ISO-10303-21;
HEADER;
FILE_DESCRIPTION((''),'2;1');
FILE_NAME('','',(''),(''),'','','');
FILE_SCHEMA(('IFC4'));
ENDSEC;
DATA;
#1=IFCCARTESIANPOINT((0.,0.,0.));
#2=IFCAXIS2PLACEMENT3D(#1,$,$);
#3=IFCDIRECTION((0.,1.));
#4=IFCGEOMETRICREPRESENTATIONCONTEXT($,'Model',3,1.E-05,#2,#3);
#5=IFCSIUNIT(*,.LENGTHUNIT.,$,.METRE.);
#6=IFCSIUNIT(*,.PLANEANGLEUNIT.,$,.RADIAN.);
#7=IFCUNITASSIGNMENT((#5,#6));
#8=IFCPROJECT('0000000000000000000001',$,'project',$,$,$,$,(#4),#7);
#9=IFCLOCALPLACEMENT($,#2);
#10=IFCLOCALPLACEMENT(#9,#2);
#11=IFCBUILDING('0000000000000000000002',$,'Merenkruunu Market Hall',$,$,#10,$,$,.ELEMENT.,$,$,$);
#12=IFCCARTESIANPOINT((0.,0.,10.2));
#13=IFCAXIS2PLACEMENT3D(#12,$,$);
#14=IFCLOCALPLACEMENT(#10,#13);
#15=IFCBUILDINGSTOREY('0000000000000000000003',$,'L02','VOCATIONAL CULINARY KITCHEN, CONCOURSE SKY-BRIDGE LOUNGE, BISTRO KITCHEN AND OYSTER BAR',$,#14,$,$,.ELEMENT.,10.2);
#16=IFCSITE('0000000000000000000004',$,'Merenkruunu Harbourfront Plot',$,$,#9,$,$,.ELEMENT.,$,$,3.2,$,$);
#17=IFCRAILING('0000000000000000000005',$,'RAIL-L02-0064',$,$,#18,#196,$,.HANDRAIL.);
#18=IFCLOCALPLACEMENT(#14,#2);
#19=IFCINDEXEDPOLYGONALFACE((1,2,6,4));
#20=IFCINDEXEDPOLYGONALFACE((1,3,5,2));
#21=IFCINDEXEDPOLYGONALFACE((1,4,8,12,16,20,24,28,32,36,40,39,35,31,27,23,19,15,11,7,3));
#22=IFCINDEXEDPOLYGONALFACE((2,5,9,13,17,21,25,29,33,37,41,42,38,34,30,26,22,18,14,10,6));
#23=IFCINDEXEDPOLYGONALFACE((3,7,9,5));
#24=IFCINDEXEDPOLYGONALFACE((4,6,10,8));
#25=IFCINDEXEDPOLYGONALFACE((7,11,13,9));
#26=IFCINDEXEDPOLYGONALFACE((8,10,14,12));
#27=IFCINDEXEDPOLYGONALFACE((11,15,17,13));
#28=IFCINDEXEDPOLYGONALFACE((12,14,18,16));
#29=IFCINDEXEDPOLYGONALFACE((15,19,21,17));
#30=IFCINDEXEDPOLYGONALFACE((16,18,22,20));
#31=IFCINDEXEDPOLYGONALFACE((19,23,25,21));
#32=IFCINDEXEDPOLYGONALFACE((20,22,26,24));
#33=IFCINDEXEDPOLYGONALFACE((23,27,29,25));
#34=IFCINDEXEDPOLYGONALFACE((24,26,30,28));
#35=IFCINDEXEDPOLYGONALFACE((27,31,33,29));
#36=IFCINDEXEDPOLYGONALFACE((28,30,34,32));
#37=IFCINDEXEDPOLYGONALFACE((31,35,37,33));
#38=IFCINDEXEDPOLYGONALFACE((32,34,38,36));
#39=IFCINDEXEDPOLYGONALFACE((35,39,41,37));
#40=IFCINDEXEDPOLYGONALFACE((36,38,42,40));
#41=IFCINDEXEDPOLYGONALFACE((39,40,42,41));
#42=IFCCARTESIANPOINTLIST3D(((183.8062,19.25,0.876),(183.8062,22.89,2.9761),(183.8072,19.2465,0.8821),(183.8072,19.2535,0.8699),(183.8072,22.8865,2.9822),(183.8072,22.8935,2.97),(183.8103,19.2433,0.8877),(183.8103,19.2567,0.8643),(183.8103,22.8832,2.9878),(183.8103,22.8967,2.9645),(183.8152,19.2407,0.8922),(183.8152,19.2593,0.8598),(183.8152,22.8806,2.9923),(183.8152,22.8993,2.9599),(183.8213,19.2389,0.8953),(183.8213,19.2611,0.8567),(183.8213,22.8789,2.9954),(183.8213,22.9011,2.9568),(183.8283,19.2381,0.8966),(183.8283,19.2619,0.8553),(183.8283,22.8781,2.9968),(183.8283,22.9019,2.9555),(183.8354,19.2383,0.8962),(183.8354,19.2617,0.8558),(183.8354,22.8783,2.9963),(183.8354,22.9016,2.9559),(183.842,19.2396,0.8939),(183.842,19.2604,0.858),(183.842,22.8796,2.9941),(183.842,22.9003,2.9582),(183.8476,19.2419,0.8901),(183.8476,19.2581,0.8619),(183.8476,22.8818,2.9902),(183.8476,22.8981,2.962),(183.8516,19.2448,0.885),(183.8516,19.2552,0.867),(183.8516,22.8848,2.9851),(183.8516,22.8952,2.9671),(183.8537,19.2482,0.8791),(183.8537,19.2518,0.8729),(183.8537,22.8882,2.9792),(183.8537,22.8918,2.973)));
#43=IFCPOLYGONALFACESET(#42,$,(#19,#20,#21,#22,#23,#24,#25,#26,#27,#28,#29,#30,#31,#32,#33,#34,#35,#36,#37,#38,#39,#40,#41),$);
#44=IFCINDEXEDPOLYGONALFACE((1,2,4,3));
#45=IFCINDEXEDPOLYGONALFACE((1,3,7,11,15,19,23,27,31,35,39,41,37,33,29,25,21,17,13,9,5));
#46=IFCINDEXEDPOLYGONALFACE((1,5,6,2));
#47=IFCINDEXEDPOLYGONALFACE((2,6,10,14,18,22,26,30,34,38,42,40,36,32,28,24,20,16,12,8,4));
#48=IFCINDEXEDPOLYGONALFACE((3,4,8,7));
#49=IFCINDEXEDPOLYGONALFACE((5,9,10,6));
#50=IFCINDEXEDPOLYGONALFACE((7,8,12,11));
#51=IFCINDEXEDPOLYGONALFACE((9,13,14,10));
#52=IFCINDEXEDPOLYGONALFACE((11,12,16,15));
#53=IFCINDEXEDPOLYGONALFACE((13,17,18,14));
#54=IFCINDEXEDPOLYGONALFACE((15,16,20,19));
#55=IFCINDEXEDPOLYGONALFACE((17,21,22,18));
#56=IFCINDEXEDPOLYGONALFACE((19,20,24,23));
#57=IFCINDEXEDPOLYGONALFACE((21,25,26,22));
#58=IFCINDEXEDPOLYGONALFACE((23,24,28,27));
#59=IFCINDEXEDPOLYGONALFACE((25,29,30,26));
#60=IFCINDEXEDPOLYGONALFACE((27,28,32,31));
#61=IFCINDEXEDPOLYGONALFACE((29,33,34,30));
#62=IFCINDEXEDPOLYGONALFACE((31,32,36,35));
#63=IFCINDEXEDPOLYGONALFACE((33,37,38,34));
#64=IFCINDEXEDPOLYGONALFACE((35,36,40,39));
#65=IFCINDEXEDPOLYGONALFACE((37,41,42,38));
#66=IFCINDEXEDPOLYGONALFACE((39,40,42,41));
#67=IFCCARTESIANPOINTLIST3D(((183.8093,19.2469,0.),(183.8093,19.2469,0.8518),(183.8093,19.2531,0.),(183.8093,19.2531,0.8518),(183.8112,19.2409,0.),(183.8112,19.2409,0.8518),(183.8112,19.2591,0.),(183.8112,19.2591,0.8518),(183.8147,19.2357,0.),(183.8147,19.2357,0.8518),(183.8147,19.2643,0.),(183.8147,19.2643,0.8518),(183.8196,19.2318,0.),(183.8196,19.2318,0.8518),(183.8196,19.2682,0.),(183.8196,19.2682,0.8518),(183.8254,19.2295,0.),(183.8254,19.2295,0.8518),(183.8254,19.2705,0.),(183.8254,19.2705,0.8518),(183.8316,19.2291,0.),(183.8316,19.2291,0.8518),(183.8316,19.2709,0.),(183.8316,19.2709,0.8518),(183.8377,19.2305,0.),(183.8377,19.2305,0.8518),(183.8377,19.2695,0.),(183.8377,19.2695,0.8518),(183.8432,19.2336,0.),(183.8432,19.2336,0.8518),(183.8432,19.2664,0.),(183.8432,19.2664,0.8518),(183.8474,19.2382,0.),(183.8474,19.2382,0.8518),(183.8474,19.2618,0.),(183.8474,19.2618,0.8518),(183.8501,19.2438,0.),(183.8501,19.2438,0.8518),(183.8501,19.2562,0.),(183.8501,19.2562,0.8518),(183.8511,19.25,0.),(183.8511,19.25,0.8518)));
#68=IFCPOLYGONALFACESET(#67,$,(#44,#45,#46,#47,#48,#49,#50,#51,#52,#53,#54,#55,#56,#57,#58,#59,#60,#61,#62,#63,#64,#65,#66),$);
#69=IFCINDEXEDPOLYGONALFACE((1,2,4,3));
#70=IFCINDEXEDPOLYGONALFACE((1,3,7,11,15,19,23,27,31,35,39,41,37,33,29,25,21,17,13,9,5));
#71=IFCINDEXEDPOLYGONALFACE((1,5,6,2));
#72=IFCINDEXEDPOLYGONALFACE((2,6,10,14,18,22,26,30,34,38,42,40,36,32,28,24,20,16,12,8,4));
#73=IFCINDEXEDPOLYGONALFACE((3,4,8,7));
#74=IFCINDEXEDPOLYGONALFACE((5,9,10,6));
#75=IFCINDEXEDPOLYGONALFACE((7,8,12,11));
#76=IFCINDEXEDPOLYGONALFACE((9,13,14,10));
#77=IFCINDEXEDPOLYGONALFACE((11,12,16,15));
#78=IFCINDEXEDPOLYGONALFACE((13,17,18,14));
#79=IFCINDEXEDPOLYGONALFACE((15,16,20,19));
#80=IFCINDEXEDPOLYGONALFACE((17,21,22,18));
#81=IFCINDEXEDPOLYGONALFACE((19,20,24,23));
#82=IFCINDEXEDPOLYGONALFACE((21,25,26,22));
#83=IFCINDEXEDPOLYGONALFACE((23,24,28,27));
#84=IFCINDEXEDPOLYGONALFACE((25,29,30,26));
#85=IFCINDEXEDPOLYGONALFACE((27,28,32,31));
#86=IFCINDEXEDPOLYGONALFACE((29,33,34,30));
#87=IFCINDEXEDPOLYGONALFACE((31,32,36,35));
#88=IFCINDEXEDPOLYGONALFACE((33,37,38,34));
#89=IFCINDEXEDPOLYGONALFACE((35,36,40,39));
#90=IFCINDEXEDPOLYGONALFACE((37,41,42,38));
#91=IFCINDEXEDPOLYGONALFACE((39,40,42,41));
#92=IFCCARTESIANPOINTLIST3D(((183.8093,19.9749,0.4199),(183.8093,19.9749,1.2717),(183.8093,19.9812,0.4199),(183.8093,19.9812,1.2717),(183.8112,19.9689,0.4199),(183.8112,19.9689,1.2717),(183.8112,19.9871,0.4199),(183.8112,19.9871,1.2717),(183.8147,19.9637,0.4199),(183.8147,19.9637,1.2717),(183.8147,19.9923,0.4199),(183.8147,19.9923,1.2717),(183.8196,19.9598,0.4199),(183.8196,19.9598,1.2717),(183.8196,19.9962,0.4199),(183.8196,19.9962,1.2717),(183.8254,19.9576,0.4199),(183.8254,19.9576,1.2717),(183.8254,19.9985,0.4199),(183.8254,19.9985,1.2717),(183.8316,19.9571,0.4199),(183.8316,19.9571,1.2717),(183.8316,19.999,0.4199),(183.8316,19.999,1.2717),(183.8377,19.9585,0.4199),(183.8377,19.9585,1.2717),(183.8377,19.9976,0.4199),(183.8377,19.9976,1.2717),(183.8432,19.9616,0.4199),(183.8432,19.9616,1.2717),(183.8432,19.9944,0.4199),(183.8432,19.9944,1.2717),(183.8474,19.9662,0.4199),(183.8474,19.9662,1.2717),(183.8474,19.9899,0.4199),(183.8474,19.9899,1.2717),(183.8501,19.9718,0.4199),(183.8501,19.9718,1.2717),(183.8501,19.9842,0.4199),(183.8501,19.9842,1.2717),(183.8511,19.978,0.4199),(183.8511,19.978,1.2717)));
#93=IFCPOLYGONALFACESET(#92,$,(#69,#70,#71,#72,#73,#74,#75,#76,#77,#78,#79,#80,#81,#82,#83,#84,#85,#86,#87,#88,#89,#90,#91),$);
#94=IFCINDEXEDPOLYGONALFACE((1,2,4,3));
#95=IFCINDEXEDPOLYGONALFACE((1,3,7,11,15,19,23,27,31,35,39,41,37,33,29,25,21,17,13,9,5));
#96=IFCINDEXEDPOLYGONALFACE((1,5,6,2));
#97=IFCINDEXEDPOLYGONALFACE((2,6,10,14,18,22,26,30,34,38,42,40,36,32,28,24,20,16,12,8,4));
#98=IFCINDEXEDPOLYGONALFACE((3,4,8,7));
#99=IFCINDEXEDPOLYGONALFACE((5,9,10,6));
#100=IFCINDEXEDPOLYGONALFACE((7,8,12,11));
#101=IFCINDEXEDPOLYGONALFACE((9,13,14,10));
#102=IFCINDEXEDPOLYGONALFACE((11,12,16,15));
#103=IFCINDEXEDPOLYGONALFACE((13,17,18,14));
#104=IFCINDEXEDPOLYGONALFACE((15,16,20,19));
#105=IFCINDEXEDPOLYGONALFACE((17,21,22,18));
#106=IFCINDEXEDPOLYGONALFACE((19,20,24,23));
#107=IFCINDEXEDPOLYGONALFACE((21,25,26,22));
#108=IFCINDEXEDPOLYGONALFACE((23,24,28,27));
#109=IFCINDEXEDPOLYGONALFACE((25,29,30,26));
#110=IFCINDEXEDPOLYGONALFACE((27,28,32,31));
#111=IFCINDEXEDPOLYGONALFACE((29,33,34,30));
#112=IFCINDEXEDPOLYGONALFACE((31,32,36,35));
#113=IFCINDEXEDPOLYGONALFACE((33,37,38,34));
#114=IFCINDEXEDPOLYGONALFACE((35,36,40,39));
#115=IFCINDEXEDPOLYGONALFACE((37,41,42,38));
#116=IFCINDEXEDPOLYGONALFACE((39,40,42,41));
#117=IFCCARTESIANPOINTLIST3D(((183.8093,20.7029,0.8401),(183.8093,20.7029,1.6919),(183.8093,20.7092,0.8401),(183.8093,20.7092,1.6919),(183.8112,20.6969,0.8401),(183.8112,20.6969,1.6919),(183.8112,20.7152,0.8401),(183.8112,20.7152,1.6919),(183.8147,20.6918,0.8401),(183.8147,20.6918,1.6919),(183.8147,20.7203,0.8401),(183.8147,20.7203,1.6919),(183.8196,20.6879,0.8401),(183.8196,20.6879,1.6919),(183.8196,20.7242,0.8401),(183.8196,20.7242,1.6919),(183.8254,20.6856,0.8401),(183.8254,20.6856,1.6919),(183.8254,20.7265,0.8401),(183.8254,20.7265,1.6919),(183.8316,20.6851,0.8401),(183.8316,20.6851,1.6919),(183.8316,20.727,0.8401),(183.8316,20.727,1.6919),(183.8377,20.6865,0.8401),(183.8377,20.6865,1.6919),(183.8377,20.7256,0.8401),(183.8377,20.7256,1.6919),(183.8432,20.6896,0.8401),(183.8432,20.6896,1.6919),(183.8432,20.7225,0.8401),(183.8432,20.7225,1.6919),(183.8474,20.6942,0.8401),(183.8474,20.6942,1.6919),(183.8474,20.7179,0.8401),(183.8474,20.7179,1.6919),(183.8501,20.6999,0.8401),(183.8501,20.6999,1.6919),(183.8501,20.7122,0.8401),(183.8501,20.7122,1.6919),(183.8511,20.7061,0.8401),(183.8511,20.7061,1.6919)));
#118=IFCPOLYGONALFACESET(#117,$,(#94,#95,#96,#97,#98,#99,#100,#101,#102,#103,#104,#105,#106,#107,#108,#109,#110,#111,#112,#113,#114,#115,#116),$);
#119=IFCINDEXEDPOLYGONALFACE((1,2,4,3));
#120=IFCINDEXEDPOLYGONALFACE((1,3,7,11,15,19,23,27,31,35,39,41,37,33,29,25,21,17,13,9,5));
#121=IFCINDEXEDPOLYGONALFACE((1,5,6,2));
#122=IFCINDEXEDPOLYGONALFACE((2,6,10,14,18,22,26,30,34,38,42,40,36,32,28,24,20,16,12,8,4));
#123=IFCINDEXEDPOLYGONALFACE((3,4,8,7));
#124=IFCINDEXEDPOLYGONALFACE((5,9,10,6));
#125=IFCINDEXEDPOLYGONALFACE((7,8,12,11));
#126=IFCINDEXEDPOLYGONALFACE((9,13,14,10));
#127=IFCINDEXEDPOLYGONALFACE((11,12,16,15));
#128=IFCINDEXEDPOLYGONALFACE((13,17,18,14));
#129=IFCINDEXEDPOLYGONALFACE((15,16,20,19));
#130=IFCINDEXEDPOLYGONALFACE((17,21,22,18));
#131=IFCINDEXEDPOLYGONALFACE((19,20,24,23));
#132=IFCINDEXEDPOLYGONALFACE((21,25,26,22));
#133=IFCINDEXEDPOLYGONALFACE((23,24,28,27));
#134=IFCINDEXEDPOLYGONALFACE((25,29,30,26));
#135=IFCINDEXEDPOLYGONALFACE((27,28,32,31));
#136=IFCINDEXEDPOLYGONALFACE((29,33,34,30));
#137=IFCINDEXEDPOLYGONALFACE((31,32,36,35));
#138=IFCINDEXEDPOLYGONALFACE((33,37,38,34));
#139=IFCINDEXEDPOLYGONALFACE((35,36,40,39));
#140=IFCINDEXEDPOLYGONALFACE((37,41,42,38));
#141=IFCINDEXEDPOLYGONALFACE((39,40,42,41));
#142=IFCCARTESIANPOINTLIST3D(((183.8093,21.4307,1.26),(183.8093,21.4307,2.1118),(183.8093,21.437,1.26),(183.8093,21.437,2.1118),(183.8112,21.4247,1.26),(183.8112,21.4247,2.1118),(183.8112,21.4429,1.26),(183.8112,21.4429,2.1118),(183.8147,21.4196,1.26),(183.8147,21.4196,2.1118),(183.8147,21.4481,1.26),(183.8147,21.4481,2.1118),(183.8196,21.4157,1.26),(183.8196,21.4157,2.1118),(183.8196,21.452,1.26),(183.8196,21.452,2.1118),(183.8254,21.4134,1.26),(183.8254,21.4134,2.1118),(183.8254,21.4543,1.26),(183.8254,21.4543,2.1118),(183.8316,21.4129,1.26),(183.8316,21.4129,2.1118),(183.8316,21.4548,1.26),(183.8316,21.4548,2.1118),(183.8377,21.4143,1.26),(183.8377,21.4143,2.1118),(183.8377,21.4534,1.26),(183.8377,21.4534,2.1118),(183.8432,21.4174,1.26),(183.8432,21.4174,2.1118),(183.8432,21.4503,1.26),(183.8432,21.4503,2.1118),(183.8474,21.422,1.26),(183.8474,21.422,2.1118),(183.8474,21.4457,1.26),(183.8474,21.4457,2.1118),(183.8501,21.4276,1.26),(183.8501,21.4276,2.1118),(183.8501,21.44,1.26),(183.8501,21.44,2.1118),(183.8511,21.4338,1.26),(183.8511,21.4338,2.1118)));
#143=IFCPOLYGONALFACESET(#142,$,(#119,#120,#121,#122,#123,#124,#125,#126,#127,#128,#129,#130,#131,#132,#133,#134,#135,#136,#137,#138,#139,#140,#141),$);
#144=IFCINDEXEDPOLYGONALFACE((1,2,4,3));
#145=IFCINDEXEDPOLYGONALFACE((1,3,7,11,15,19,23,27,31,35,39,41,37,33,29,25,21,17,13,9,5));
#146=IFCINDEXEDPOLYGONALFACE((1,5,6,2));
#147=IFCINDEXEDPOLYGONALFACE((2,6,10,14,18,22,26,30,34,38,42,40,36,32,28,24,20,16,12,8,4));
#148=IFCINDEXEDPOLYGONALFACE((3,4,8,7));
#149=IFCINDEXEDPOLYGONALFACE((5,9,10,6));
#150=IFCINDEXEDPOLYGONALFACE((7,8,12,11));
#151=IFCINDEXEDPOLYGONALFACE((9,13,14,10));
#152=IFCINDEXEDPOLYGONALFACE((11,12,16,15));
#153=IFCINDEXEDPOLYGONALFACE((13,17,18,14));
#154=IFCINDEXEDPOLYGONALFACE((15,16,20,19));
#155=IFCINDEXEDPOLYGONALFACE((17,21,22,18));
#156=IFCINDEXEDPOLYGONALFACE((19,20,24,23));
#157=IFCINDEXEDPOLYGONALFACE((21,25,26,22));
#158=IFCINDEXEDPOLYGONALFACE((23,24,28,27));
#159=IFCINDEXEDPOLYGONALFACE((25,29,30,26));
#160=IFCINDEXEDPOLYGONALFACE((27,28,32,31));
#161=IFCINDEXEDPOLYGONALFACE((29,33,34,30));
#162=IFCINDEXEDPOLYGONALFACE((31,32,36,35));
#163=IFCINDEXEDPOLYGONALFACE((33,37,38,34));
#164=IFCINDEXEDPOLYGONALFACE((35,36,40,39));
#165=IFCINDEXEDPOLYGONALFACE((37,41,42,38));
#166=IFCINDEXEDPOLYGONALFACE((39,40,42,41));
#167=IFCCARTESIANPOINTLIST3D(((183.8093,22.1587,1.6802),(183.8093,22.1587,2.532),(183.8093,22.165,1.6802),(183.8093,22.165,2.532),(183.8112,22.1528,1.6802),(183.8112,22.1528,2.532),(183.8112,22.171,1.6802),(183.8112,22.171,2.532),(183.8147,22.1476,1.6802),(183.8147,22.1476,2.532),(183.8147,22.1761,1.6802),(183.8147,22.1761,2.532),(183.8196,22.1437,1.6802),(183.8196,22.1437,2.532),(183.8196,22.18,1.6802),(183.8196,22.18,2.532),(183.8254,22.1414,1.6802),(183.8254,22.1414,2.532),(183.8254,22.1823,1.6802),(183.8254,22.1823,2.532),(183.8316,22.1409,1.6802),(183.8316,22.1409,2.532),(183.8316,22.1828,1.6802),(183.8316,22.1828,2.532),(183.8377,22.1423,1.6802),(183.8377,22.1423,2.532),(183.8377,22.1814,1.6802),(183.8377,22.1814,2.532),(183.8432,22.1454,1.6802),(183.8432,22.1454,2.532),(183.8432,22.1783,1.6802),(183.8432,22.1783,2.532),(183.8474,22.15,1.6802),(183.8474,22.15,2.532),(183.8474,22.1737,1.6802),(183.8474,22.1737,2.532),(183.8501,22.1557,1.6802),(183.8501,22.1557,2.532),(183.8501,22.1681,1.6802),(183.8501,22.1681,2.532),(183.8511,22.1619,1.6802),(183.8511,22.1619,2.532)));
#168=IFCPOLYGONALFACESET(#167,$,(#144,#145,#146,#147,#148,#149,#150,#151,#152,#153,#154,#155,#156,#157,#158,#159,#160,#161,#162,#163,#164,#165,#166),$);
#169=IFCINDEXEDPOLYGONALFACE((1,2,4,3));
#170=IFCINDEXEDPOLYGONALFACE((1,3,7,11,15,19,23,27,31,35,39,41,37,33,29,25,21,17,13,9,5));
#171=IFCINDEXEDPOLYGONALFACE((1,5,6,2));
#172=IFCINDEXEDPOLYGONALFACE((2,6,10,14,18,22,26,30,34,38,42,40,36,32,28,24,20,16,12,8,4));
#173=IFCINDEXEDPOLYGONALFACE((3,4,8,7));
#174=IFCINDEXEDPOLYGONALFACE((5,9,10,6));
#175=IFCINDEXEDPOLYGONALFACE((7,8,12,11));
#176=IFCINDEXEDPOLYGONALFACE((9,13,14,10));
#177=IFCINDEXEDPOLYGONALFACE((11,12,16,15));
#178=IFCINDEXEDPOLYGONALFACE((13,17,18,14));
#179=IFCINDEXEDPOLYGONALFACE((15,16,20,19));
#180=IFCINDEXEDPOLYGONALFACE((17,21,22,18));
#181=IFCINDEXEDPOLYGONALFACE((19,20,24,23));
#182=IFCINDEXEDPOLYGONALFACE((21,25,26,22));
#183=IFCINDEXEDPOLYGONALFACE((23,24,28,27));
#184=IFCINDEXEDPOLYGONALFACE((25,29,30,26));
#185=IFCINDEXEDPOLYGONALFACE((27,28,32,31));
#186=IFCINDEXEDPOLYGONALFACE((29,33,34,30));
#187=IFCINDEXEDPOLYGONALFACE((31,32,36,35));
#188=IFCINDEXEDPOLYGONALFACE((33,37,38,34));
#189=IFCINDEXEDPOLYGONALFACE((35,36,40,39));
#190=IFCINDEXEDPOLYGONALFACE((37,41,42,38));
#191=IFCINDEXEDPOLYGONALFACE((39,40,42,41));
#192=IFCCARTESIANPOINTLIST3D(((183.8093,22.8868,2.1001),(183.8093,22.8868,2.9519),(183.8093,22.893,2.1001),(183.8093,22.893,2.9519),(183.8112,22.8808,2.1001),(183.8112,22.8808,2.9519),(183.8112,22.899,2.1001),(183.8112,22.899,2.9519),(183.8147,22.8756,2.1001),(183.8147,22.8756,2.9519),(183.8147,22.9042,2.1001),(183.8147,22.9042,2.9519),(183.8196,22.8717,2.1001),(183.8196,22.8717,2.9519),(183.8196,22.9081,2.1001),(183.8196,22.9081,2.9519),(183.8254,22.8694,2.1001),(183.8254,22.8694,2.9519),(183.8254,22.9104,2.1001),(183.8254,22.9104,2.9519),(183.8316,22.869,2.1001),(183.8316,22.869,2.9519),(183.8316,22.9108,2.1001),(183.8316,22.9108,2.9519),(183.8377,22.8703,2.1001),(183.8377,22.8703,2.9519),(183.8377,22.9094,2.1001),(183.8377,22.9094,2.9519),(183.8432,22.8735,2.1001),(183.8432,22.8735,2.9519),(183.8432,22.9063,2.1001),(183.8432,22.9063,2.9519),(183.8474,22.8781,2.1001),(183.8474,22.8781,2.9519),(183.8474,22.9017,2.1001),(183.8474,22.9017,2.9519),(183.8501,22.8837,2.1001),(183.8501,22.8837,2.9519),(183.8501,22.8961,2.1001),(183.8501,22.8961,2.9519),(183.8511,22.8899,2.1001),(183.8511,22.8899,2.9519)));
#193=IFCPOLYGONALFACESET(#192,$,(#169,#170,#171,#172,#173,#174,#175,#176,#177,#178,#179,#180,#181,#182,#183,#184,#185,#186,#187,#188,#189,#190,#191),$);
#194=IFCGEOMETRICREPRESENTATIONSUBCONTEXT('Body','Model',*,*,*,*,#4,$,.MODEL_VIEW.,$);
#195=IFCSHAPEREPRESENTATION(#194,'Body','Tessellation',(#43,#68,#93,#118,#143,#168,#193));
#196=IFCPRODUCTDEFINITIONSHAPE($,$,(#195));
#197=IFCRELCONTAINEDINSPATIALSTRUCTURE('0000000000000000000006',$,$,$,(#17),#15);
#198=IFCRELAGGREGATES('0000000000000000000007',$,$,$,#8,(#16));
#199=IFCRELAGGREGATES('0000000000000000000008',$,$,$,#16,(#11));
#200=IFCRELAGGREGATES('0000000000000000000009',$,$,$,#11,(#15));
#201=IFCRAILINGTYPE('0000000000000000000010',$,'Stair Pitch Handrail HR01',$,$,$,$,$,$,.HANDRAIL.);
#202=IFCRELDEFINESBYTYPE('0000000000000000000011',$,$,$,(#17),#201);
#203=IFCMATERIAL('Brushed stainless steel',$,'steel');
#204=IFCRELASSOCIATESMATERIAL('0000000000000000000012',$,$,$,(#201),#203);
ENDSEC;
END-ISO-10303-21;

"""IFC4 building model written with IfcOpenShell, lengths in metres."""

from ifc_helpers import new_model, si_unit, direction, frame, origin, origin_2d, place, context, subcontext, project, spatial, circle, extrude, material, type_object, element, save


model = new_model("IFC4")

# Units and contexts
model_context = context("Model", 3, precision=1e-05, world=origin(), true_north=direction((0.0, 1.0)))
body_context = subcontext(model_context, "Body", "Model", "MODEL_VIEW")
ifc_project = project(units=[si_unit("LENGTHUNIT", "METRE"), si_unit("PLANEANGLEUNIT", "RADIAN")], contexts=[model_context])

# Site, building, storey
site_placement = place(None, origin())
site = spatial("IfcSite", under=ifc_project, at=site_placement, Name="Merenkruunu Harbourfront Plot", CompositionType="ELEMENT", RefElevation=3.2)
building_placement = place(site_placement, origin())
building = spatial("IfcBuilding", under=site, at=building_placement, Name="Merenkruunu Market Hall", CompositionType="ELEMENT")
storey_placement = place(building_placement, frame((0.0, 0.0, 10.2)))
storey = spatial("IfcBuildingStorey", under=building, at=storey_placement, Name="L02", Description="VOCATIONAL CULINARY KITCHEN, CONCOURSE SKY-BRIDGE LOUNGE, BISTRO KITCHEN AND OYSTER BAR", CompositionType="ELEMENT", Elevation=10.2)

# Shared definitions
ifc_material_1 = material(Name="Brushed stainless steel", Category="steel")

# Railing
railing_type_1 = type_object("IfcRailingType", Name="Stair Pitch Handrail HR01", PredefinedType="HANDRAIL", material=ifc_material_1)
railing_1_placement = place(storey_placement, frame((183.8301, 19.25, 0.0)))
element("IfcRailing", 1, at=railing_1_placement, inside=storey, type_object=railing_type_1, Name="RAIL-L02-0064", PredefinedType="HANDRAIL", context=body_context, shape_type="SweptSolid", body=[
    extrude(circle(Radius=0.0239, at=origin_2d()), frame((0.0, 0.0, 0.876), z_axis=(0.0, 0.866169, 0.499751), x_axis=(-1.0, 0.0, 0.0)), (0.0, 0.0, 1.0), 4.2024),
    extrude(circle(Radius=0.021, at=origin_2d()), origin(), (0.0, 0.0, 1.0), 0.8518),
    extrude(circle(Radius=0.021, at=origin_2d()), frame((0.0, 0.728, 0.4199)), (0.0, 0.0, 1.0), 0.8518),
    extrude(circle(Radius=0.021, at=origin_2d()), frame((0.0, 1.4561, 0.8401)), (0.0, 0.0, 1.0), 0.8518),
    extrude(circle(Radius=0.021, at=origin_2d()), frame((0.0, 2.1838, 1.26)), (0.0, 0.0, 1.0), 0.8518),
    extrude(circle(Radius=0.021, at=origin_2d()), frame((0.0, 2.9119, 1.6802)), (0.0, 0.0, 1.0), 0.8518),
    extrude(circle(Radius=0.021, at=origin_2d()), frame((0.0, 3.6399, 2.1001)), (0.0, 0.0, 1.0), 0.8518),
])

save(model, "model.ifc")
